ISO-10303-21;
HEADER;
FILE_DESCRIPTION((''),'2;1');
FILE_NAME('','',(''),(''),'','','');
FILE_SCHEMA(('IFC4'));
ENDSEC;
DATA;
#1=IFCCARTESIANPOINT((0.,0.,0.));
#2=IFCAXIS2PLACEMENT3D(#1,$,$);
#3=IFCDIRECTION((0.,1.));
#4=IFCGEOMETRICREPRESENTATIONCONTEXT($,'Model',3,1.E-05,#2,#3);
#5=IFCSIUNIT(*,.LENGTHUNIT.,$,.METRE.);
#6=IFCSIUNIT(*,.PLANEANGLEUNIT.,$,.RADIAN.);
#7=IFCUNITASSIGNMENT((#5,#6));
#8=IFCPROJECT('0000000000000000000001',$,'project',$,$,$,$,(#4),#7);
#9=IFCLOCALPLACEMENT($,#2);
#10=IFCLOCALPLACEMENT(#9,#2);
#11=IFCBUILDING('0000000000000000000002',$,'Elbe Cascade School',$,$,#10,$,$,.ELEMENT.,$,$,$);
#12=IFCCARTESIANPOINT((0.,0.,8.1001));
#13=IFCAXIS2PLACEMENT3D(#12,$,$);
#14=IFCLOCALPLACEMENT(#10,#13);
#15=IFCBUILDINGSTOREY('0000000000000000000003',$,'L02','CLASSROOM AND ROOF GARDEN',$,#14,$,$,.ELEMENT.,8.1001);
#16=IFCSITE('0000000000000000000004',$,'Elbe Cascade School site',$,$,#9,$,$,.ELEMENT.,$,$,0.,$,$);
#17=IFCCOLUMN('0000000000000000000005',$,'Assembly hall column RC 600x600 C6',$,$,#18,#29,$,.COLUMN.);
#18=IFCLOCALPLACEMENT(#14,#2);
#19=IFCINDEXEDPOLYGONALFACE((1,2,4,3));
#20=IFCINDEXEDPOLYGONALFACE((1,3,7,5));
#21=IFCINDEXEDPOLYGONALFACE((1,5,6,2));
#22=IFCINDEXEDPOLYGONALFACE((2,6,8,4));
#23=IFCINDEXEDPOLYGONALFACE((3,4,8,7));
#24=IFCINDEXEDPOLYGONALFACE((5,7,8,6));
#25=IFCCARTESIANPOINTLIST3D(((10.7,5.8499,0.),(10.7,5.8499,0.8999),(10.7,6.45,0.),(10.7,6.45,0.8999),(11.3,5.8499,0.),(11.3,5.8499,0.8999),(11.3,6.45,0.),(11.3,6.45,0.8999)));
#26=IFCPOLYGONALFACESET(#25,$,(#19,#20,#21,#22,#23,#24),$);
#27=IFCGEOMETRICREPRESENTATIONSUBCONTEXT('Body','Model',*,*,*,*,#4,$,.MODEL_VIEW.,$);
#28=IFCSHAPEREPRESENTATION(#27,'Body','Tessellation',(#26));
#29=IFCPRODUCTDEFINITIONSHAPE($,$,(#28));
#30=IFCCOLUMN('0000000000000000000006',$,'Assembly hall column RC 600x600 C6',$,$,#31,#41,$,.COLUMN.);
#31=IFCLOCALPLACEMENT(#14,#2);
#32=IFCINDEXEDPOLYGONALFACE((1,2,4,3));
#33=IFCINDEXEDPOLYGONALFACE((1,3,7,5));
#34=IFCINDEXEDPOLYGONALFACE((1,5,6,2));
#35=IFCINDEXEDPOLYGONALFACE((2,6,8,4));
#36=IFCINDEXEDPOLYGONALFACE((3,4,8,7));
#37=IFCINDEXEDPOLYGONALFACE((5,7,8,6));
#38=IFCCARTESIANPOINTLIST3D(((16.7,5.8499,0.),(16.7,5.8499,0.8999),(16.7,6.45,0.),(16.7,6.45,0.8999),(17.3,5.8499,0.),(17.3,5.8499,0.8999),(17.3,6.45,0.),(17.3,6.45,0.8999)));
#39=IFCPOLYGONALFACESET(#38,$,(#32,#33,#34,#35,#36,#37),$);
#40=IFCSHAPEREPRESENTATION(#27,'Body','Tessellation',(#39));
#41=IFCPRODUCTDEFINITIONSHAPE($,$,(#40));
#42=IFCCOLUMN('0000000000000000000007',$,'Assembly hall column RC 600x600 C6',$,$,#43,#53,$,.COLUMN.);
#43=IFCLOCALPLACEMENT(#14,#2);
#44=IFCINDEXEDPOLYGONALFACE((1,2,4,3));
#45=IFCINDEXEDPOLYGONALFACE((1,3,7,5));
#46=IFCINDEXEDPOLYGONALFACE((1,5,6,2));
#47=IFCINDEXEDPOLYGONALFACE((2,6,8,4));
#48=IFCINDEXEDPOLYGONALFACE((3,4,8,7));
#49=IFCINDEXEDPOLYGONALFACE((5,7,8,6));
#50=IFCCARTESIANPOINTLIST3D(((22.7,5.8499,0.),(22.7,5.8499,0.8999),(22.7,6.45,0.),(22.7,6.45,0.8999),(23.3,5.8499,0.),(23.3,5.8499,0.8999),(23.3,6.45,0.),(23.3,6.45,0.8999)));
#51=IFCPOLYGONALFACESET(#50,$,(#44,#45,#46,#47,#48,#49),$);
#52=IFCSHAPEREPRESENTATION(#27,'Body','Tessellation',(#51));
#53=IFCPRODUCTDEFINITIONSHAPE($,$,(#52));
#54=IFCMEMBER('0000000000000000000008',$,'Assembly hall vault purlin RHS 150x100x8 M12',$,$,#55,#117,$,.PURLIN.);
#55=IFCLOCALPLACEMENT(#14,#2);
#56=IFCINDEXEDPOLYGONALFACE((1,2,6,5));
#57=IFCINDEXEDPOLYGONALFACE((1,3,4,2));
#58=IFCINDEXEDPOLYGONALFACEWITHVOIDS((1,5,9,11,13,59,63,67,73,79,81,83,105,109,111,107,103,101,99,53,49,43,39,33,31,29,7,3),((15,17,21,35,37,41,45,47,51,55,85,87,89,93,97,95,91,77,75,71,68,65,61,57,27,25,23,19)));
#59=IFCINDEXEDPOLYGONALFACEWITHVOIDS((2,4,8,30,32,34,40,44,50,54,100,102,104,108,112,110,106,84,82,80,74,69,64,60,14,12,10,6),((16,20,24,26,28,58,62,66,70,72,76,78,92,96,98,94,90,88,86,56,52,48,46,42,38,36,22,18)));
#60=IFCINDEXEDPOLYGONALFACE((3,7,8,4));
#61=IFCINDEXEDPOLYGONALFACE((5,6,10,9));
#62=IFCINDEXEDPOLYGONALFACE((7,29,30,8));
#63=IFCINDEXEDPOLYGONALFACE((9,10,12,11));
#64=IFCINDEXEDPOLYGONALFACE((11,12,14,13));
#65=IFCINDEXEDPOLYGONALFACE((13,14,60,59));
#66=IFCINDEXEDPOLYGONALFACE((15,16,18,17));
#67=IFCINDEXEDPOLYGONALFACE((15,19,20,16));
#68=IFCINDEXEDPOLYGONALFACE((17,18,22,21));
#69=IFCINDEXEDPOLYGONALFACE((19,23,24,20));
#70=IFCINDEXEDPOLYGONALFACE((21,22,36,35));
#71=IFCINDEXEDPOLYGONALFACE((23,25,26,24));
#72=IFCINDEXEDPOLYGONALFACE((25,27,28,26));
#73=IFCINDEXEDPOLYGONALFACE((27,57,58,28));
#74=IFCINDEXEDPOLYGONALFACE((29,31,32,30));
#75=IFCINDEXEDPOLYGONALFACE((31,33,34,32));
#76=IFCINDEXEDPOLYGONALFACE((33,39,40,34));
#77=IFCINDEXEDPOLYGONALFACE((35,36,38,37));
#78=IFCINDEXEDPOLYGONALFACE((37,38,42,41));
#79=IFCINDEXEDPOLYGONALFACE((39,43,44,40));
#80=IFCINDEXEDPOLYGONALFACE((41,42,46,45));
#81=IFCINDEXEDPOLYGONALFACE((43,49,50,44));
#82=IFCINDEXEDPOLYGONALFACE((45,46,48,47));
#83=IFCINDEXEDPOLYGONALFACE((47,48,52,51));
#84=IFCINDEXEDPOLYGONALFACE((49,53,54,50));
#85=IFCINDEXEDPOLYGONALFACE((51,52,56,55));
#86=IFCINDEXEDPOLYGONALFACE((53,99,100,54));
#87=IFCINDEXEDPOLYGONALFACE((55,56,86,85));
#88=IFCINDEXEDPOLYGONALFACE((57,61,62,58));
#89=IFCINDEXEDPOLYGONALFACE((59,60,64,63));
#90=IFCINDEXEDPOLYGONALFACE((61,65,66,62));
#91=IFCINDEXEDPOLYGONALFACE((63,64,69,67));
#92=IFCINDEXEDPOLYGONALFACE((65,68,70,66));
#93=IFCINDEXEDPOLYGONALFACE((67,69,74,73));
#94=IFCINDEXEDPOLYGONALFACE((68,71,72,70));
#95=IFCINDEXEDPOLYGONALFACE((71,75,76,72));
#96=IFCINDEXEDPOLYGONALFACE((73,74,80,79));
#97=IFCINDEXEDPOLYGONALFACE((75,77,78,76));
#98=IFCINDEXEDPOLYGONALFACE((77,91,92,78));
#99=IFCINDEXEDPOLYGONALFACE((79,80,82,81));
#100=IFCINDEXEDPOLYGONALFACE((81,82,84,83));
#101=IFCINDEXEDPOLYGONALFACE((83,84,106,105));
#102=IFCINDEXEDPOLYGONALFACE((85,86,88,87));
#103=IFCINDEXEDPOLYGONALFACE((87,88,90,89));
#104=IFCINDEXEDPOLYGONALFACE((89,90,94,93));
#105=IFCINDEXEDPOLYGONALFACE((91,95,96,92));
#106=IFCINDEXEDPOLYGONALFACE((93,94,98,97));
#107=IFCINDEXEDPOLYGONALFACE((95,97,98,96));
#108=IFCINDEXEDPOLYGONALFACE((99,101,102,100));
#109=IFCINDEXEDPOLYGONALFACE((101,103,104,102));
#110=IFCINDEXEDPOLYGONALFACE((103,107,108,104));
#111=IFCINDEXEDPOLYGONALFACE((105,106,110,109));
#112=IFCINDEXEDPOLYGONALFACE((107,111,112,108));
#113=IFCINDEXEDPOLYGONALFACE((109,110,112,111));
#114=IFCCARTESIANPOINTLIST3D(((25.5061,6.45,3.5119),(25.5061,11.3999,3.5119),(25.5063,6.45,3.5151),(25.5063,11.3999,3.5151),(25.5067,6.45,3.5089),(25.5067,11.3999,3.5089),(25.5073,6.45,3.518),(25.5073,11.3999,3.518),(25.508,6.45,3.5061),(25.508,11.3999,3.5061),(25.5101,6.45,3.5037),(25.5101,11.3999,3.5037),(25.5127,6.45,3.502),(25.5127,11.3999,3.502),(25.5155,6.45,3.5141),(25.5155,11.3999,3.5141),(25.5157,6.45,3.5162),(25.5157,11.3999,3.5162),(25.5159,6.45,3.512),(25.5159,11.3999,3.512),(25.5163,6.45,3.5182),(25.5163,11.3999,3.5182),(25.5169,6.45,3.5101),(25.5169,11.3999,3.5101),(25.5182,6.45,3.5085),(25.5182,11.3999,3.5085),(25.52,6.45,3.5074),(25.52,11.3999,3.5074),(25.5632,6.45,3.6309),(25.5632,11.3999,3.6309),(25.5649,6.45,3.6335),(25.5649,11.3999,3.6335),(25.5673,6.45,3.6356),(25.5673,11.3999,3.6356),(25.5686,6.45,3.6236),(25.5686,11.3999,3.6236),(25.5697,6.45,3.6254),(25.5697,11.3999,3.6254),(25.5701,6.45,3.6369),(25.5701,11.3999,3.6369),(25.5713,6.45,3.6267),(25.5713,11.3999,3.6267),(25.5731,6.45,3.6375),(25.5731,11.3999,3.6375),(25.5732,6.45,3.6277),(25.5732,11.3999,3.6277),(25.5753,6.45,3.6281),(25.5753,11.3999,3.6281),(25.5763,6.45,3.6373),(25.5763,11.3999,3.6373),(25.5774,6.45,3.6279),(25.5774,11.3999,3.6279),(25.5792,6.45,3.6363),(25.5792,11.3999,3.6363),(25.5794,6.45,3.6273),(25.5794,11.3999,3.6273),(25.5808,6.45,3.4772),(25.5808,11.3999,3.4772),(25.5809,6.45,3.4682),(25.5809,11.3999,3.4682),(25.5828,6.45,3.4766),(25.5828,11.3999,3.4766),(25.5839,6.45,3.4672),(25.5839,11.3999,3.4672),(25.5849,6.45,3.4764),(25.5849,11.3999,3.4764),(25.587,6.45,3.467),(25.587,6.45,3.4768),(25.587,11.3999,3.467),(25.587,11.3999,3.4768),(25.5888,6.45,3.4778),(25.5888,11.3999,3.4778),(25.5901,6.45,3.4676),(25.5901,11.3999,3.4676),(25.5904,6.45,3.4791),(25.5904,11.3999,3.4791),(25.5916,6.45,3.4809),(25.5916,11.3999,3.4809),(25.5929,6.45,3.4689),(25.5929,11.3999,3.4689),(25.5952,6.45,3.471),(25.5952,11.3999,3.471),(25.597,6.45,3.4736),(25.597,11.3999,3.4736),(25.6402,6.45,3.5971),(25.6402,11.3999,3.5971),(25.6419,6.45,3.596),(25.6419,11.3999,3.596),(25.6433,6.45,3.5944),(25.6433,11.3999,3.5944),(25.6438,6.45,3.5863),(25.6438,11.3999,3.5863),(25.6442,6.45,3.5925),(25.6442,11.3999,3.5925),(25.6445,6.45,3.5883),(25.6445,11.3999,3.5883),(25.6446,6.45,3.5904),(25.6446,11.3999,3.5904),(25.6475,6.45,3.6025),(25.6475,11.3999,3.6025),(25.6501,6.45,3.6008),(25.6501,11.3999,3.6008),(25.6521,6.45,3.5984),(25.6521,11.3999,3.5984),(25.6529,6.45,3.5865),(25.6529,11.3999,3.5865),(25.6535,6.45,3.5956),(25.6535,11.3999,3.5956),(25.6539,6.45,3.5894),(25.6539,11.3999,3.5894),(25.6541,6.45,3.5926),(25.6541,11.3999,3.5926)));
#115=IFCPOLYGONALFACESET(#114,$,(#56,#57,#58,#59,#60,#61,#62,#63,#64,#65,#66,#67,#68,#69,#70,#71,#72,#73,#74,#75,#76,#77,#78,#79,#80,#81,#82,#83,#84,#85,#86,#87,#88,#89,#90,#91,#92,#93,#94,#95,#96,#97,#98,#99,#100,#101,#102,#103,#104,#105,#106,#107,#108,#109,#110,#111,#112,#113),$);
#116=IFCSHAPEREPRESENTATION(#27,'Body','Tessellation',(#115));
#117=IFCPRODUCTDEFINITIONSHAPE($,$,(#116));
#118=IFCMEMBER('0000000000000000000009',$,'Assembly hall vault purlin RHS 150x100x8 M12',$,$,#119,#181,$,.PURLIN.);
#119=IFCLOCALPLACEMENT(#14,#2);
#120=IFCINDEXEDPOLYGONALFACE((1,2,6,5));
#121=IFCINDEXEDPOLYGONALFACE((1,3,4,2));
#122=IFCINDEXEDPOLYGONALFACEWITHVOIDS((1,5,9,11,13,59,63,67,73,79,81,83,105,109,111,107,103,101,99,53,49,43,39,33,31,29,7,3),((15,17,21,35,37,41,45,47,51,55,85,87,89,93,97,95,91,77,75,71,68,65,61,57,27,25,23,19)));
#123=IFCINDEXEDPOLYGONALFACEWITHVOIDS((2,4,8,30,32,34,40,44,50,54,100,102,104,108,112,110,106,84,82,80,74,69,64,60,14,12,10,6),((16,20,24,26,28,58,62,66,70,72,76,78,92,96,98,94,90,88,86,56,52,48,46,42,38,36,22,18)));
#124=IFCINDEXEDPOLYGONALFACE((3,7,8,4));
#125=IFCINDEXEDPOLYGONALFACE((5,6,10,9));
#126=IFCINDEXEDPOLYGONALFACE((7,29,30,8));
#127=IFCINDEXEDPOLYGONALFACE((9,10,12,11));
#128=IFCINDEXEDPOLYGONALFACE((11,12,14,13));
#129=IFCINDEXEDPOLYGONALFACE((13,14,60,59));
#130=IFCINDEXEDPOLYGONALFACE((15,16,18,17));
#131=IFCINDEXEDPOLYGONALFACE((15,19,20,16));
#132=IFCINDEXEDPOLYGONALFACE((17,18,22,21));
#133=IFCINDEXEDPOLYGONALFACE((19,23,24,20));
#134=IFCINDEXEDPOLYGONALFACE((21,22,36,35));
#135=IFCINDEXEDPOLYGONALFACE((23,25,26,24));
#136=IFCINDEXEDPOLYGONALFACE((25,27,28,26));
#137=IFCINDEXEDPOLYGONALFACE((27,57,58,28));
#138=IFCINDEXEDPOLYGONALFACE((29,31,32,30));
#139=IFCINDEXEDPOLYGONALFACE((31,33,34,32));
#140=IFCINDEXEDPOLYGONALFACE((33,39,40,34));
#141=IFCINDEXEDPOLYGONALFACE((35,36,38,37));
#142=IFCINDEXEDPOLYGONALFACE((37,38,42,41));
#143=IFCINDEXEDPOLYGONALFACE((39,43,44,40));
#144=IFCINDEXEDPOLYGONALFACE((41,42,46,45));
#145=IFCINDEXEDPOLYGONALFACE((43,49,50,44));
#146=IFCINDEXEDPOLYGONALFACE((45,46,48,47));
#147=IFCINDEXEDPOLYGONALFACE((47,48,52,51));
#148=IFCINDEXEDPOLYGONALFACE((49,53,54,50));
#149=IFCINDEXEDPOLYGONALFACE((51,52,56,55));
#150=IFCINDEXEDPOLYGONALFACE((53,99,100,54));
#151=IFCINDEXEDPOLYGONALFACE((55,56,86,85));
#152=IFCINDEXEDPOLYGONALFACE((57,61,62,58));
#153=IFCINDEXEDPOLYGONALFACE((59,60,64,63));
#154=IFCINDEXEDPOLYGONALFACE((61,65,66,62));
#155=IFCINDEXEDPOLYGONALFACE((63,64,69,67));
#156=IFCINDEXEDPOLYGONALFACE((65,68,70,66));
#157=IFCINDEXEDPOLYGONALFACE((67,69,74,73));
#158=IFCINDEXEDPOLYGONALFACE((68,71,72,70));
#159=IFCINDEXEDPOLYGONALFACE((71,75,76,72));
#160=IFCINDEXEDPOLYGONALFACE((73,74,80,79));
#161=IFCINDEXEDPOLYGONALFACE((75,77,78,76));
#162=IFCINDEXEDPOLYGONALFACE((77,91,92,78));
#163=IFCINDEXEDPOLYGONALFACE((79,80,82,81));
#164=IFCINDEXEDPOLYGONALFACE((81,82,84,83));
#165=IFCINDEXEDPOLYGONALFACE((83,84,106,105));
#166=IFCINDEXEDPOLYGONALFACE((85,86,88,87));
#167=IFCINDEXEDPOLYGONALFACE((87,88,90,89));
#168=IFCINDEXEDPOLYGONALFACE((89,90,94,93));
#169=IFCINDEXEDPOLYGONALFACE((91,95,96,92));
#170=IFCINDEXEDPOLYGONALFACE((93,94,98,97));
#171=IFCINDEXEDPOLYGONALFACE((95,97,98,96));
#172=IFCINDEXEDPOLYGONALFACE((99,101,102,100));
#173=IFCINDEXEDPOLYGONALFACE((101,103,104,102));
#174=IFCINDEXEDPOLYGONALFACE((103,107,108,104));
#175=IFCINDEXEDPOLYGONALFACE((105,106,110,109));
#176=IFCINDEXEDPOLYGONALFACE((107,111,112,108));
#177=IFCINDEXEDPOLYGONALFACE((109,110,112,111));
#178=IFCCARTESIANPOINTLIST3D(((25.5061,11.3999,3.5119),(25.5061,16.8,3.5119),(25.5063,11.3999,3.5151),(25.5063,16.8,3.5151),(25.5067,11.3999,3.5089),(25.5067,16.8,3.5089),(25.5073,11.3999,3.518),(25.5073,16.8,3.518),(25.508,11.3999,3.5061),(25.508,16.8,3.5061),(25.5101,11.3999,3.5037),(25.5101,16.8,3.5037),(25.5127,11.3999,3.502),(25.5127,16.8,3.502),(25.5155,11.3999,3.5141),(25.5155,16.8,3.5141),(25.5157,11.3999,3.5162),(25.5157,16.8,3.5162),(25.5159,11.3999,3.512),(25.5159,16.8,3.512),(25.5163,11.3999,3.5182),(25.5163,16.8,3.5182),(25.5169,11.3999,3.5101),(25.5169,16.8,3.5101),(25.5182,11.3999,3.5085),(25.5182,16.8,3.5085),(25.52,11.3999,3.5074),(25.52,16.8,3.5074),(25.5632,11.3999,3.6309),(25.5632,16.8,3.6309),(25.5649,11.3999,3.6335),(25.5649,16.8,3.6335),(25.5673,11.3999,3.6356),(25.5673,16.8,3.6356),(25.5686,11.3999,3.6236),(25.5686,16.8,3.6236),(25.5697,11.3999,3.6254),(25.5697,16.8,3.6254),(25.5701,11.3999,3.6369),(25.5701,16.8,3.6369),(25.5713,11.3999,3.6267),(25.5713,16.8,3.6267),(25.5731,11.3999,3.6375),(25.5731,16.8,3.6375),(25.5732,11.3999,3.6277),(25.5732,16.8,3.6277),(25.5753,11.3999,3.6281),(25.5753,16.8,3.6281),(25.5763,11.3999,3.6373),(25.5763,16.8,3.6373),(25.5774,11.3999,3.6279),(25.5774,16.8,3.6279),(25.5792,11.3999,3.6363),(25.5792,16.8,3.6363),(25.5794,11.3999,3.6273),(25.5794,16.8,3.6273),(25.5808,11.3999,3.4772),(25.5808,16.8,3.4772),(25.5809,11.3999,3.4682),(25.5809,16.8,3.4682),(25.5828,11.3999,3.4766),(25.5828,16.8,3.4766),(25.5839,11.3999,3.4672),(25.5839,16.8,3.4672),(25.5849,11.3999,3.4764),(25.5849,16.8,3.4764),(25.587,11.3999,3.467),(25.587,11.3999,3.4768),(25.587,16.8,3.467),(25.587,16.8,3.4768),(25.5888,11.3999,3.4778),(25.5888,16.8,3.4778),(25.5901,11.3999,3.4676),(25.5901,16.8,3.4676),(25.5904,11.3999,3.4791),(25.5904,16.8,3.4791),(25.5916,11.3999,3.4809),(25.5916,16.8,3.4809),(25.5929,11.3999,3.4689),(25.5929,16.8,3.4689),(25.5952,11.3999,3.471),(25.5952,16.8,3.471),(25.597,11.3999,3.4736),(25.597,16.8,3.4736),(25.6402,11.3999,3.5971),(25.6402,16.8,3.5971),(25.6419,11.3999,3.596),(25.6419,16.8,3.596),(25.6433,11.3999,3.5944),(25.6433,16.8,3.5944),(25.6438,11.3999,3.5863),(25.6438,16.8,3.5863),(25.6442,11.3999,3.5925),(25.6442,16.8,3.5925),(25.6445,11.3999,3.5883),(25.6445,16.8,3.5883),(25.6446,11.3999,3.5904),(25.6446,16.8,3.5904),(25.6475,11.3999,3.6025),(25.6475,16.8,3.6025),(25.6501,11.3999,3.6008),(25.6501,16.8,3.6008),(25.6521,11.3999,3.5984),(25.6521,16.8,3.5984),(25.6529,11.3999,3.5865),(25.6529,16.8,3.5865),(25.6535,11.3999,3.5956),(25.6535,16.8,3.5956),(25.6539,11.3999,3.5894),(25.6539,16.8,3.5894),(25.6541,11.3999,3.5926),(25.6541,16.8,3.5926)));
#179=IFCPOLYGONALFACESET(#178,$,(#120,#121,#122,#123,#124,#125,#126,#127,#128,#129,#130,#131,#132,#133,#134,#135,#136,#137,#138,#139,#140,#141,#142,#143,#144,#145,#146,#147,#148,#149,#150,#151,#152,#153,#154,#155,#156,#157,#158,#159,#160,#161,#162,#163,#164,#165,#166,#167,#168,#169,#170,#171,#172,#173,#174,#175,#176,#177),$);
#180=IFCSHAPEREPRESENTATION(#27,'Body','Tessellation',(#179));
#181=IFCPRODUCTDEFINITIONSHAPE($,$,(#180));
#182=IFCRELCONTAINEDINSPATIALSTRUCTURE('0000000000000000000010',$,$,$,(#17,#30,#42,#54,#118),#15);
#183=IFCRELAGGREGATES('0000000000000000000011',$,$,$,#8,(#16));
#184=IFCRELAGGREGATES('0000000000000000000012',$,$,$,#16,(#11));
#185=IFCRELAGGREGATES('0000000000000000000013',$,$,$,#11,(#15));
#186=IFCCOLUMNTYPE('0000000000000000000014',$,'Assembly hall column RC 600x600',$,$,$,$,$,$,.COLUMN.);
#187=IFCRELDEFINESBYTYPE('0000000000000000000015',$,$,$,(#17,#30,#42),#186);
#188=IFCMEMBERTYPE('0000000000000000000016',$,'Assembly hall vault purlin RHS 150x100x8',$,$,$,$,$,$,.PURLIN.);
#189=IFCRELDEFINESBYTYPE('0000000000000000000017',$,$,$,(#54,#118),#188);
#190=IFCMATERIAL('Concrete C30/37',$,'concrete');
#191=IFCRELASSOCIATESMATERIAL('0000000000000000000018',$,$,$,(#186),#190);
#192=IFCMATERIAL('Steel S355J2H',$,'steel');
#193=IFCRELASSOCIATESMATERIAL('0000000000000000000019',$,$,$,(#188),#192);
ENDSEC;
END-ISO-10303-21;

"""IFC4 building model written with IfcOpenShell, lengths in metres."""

from ifc_helpers import new_model, si_unit, direction, frame, origin, origin_2d, place, context, subcontext, project, spatial, rectangle, hollow_rectangle, extrude, material, material_profile, profile_set, type_object, element, save


model = new_model("IFC4")

# Units and contexts
model_context = context("Model", 3, precision=1e-05, world=origin(), true_north=direction((0.0, 1.0)))
body_context = subcontext(model_context, "Body", "Model", "MODEL_VIEW")
ifc_project = project(units=[si_unit("LENGTHUNIT", "METRE"), si_unit("PLANEANGLEUNIT", "RADIAN")], contexts=[model_context])

# Site, building, storey
site_placement = place(None, origin())
site = spatial("IfcSite", under=ifc_project, at=site_placement, Name="Elbe Cascade School site", CompositionType="ELEMENT", RefElevation=0.0)
building_placement = place(site_placement, origin())
building = spatial("IfcBuilding", under=site, at=building_placement, Name="Elbe Cascade School", CompositionType="ELEMENT")
storey_placement = place(building_placement, frame((0.0, 0.0, 8.1001)))
storey = spatial("IfcBuildingStorey", under=building, at=storey_placement, Name="L02", Description="CLASSROOM AND ROOF GARDEN", CompositionType="ELEMENT", Elevation=8.1001)

# Columns
ifc_material_1 = material(Name="Concrete C30/37", Category="concrete")
ifc_material_profile_1 = material_profile(ifc_material_1, rectangle(XDim=0.6001, YDim=0.6001, at=origin_2d()), Name="RC 600x600")
ifc_profile_set_1 = profile_set([ifc_material_profile_1], Name="Concrete C30/37")
column_type = type_object("IfcColumnType", Name="Assembly hall column RC 600x600", PredefinedType="COLUMN", material=ifc_profile_set_1)
for number, where, z_axis, x_axis, name in (
    (1, (11.0, 6.1499, 0.0), (0.0, 0.0, 1.0), (1.0, 0.0, 0.0), "Assembly hall column RC 600x600 C6"),
    (2, (17.0, 6.1499, 0.0), (0.0, 0.0, 1.0), (1.0, 0.0, 0.0), "Assembly hall column RC 600x600 C6"),
    (3, (23.0, 6.1499, 0.0), (0.0, 0.0, 1.0), (1.0, 0.0, 0.0), "Assembly hall column RC 600x600 C6"),
):
    element("IfcColumn", number, at=place(storey_placement, frame(where, z_axis=z_axis, x_axis=x_axis)), inside=storey, type_object=column_type, Name=name, PredefinedType="COLUMN", context=body_context, shape_type="SweptSolid", body=[
        extrude(rectangle(XDim=0.6001, YDim=0.6001, at=origin_2d()), origin(), (0.0, 0.0, 1.0), 0.8999),
    ])

# Members
ifc_material_2 = material(Name="Steel S355J2H", Category="steel")
ifc_material_profile_2 = material_profile(ifc_material_2, hollow_rectangle(XDim=0.1001, YDim=0.1499, WallThickness=0.0081, InnerFilletRadius=0.0081, OuterFilletRadius=0.012, at=origin_2d()), Name="RHS 150x100x8")
ifc_profile_set_2 = profile_set([ifc_material_profile_2], Name="Steel S355J2H")
member_type_1 = type_object("IfcMemberType", Name="Assembly hall vault purlin RHS 150x100x8", PredefinedType="PURLIN", material=ifc_profile_set_2)
member_1_placement = place(storey_placement, frame((25.5801, 6.45, 3.5522), z_axis=(0.0, 1.0, 0.0), x_axis=(-0.896151, 0.0, 0.44375)))
element("IfcMember", 4, at=member_1_placement, inside=storey, type_object=member_type_1, Name="Assembly hall vault purlin RHS 150x100x8 M12", PredefinedType="PURLIN", context=body_context, shape_type="SweptSolid", body=[
    extrude(hollow_rectangle(XDim=0.1001, YDim=0.1499, WallThickness=0.0081, InnerFilletRadius=0.0081, OuterFilletRadius=0.012, at=origin_2d()), origin(), (0.0, 0.0, 1.0), 4.95),
])
member_2_placement = place(storey_placement, frame((25.5801, 11.3999, 3.5522), z_axis=(0.0, 1.0, 0.0), x_axis=(-0.896151, 0.0, 0.44375)))
element("IfcMember", 5, at=member_2_placement, inside=storey, type_object=member_type_1, Name="Assembly hall vault purlin RHS 150x100x8 M12", PredefinedType="PURLIN", context=body_context, shape_type="SweptSolid", body=[
    extrude(hollow_rectangle(XDim=0.1001, YDim=0.1499, WallThickness=0.0081, InnerFilletRadius=0.0081, OuterFilletRadius=0.012, at=origin_2d()), origin(), (0.0, 0.0, 1.0), 5.4001),
])

save(model, "model.ifc")
